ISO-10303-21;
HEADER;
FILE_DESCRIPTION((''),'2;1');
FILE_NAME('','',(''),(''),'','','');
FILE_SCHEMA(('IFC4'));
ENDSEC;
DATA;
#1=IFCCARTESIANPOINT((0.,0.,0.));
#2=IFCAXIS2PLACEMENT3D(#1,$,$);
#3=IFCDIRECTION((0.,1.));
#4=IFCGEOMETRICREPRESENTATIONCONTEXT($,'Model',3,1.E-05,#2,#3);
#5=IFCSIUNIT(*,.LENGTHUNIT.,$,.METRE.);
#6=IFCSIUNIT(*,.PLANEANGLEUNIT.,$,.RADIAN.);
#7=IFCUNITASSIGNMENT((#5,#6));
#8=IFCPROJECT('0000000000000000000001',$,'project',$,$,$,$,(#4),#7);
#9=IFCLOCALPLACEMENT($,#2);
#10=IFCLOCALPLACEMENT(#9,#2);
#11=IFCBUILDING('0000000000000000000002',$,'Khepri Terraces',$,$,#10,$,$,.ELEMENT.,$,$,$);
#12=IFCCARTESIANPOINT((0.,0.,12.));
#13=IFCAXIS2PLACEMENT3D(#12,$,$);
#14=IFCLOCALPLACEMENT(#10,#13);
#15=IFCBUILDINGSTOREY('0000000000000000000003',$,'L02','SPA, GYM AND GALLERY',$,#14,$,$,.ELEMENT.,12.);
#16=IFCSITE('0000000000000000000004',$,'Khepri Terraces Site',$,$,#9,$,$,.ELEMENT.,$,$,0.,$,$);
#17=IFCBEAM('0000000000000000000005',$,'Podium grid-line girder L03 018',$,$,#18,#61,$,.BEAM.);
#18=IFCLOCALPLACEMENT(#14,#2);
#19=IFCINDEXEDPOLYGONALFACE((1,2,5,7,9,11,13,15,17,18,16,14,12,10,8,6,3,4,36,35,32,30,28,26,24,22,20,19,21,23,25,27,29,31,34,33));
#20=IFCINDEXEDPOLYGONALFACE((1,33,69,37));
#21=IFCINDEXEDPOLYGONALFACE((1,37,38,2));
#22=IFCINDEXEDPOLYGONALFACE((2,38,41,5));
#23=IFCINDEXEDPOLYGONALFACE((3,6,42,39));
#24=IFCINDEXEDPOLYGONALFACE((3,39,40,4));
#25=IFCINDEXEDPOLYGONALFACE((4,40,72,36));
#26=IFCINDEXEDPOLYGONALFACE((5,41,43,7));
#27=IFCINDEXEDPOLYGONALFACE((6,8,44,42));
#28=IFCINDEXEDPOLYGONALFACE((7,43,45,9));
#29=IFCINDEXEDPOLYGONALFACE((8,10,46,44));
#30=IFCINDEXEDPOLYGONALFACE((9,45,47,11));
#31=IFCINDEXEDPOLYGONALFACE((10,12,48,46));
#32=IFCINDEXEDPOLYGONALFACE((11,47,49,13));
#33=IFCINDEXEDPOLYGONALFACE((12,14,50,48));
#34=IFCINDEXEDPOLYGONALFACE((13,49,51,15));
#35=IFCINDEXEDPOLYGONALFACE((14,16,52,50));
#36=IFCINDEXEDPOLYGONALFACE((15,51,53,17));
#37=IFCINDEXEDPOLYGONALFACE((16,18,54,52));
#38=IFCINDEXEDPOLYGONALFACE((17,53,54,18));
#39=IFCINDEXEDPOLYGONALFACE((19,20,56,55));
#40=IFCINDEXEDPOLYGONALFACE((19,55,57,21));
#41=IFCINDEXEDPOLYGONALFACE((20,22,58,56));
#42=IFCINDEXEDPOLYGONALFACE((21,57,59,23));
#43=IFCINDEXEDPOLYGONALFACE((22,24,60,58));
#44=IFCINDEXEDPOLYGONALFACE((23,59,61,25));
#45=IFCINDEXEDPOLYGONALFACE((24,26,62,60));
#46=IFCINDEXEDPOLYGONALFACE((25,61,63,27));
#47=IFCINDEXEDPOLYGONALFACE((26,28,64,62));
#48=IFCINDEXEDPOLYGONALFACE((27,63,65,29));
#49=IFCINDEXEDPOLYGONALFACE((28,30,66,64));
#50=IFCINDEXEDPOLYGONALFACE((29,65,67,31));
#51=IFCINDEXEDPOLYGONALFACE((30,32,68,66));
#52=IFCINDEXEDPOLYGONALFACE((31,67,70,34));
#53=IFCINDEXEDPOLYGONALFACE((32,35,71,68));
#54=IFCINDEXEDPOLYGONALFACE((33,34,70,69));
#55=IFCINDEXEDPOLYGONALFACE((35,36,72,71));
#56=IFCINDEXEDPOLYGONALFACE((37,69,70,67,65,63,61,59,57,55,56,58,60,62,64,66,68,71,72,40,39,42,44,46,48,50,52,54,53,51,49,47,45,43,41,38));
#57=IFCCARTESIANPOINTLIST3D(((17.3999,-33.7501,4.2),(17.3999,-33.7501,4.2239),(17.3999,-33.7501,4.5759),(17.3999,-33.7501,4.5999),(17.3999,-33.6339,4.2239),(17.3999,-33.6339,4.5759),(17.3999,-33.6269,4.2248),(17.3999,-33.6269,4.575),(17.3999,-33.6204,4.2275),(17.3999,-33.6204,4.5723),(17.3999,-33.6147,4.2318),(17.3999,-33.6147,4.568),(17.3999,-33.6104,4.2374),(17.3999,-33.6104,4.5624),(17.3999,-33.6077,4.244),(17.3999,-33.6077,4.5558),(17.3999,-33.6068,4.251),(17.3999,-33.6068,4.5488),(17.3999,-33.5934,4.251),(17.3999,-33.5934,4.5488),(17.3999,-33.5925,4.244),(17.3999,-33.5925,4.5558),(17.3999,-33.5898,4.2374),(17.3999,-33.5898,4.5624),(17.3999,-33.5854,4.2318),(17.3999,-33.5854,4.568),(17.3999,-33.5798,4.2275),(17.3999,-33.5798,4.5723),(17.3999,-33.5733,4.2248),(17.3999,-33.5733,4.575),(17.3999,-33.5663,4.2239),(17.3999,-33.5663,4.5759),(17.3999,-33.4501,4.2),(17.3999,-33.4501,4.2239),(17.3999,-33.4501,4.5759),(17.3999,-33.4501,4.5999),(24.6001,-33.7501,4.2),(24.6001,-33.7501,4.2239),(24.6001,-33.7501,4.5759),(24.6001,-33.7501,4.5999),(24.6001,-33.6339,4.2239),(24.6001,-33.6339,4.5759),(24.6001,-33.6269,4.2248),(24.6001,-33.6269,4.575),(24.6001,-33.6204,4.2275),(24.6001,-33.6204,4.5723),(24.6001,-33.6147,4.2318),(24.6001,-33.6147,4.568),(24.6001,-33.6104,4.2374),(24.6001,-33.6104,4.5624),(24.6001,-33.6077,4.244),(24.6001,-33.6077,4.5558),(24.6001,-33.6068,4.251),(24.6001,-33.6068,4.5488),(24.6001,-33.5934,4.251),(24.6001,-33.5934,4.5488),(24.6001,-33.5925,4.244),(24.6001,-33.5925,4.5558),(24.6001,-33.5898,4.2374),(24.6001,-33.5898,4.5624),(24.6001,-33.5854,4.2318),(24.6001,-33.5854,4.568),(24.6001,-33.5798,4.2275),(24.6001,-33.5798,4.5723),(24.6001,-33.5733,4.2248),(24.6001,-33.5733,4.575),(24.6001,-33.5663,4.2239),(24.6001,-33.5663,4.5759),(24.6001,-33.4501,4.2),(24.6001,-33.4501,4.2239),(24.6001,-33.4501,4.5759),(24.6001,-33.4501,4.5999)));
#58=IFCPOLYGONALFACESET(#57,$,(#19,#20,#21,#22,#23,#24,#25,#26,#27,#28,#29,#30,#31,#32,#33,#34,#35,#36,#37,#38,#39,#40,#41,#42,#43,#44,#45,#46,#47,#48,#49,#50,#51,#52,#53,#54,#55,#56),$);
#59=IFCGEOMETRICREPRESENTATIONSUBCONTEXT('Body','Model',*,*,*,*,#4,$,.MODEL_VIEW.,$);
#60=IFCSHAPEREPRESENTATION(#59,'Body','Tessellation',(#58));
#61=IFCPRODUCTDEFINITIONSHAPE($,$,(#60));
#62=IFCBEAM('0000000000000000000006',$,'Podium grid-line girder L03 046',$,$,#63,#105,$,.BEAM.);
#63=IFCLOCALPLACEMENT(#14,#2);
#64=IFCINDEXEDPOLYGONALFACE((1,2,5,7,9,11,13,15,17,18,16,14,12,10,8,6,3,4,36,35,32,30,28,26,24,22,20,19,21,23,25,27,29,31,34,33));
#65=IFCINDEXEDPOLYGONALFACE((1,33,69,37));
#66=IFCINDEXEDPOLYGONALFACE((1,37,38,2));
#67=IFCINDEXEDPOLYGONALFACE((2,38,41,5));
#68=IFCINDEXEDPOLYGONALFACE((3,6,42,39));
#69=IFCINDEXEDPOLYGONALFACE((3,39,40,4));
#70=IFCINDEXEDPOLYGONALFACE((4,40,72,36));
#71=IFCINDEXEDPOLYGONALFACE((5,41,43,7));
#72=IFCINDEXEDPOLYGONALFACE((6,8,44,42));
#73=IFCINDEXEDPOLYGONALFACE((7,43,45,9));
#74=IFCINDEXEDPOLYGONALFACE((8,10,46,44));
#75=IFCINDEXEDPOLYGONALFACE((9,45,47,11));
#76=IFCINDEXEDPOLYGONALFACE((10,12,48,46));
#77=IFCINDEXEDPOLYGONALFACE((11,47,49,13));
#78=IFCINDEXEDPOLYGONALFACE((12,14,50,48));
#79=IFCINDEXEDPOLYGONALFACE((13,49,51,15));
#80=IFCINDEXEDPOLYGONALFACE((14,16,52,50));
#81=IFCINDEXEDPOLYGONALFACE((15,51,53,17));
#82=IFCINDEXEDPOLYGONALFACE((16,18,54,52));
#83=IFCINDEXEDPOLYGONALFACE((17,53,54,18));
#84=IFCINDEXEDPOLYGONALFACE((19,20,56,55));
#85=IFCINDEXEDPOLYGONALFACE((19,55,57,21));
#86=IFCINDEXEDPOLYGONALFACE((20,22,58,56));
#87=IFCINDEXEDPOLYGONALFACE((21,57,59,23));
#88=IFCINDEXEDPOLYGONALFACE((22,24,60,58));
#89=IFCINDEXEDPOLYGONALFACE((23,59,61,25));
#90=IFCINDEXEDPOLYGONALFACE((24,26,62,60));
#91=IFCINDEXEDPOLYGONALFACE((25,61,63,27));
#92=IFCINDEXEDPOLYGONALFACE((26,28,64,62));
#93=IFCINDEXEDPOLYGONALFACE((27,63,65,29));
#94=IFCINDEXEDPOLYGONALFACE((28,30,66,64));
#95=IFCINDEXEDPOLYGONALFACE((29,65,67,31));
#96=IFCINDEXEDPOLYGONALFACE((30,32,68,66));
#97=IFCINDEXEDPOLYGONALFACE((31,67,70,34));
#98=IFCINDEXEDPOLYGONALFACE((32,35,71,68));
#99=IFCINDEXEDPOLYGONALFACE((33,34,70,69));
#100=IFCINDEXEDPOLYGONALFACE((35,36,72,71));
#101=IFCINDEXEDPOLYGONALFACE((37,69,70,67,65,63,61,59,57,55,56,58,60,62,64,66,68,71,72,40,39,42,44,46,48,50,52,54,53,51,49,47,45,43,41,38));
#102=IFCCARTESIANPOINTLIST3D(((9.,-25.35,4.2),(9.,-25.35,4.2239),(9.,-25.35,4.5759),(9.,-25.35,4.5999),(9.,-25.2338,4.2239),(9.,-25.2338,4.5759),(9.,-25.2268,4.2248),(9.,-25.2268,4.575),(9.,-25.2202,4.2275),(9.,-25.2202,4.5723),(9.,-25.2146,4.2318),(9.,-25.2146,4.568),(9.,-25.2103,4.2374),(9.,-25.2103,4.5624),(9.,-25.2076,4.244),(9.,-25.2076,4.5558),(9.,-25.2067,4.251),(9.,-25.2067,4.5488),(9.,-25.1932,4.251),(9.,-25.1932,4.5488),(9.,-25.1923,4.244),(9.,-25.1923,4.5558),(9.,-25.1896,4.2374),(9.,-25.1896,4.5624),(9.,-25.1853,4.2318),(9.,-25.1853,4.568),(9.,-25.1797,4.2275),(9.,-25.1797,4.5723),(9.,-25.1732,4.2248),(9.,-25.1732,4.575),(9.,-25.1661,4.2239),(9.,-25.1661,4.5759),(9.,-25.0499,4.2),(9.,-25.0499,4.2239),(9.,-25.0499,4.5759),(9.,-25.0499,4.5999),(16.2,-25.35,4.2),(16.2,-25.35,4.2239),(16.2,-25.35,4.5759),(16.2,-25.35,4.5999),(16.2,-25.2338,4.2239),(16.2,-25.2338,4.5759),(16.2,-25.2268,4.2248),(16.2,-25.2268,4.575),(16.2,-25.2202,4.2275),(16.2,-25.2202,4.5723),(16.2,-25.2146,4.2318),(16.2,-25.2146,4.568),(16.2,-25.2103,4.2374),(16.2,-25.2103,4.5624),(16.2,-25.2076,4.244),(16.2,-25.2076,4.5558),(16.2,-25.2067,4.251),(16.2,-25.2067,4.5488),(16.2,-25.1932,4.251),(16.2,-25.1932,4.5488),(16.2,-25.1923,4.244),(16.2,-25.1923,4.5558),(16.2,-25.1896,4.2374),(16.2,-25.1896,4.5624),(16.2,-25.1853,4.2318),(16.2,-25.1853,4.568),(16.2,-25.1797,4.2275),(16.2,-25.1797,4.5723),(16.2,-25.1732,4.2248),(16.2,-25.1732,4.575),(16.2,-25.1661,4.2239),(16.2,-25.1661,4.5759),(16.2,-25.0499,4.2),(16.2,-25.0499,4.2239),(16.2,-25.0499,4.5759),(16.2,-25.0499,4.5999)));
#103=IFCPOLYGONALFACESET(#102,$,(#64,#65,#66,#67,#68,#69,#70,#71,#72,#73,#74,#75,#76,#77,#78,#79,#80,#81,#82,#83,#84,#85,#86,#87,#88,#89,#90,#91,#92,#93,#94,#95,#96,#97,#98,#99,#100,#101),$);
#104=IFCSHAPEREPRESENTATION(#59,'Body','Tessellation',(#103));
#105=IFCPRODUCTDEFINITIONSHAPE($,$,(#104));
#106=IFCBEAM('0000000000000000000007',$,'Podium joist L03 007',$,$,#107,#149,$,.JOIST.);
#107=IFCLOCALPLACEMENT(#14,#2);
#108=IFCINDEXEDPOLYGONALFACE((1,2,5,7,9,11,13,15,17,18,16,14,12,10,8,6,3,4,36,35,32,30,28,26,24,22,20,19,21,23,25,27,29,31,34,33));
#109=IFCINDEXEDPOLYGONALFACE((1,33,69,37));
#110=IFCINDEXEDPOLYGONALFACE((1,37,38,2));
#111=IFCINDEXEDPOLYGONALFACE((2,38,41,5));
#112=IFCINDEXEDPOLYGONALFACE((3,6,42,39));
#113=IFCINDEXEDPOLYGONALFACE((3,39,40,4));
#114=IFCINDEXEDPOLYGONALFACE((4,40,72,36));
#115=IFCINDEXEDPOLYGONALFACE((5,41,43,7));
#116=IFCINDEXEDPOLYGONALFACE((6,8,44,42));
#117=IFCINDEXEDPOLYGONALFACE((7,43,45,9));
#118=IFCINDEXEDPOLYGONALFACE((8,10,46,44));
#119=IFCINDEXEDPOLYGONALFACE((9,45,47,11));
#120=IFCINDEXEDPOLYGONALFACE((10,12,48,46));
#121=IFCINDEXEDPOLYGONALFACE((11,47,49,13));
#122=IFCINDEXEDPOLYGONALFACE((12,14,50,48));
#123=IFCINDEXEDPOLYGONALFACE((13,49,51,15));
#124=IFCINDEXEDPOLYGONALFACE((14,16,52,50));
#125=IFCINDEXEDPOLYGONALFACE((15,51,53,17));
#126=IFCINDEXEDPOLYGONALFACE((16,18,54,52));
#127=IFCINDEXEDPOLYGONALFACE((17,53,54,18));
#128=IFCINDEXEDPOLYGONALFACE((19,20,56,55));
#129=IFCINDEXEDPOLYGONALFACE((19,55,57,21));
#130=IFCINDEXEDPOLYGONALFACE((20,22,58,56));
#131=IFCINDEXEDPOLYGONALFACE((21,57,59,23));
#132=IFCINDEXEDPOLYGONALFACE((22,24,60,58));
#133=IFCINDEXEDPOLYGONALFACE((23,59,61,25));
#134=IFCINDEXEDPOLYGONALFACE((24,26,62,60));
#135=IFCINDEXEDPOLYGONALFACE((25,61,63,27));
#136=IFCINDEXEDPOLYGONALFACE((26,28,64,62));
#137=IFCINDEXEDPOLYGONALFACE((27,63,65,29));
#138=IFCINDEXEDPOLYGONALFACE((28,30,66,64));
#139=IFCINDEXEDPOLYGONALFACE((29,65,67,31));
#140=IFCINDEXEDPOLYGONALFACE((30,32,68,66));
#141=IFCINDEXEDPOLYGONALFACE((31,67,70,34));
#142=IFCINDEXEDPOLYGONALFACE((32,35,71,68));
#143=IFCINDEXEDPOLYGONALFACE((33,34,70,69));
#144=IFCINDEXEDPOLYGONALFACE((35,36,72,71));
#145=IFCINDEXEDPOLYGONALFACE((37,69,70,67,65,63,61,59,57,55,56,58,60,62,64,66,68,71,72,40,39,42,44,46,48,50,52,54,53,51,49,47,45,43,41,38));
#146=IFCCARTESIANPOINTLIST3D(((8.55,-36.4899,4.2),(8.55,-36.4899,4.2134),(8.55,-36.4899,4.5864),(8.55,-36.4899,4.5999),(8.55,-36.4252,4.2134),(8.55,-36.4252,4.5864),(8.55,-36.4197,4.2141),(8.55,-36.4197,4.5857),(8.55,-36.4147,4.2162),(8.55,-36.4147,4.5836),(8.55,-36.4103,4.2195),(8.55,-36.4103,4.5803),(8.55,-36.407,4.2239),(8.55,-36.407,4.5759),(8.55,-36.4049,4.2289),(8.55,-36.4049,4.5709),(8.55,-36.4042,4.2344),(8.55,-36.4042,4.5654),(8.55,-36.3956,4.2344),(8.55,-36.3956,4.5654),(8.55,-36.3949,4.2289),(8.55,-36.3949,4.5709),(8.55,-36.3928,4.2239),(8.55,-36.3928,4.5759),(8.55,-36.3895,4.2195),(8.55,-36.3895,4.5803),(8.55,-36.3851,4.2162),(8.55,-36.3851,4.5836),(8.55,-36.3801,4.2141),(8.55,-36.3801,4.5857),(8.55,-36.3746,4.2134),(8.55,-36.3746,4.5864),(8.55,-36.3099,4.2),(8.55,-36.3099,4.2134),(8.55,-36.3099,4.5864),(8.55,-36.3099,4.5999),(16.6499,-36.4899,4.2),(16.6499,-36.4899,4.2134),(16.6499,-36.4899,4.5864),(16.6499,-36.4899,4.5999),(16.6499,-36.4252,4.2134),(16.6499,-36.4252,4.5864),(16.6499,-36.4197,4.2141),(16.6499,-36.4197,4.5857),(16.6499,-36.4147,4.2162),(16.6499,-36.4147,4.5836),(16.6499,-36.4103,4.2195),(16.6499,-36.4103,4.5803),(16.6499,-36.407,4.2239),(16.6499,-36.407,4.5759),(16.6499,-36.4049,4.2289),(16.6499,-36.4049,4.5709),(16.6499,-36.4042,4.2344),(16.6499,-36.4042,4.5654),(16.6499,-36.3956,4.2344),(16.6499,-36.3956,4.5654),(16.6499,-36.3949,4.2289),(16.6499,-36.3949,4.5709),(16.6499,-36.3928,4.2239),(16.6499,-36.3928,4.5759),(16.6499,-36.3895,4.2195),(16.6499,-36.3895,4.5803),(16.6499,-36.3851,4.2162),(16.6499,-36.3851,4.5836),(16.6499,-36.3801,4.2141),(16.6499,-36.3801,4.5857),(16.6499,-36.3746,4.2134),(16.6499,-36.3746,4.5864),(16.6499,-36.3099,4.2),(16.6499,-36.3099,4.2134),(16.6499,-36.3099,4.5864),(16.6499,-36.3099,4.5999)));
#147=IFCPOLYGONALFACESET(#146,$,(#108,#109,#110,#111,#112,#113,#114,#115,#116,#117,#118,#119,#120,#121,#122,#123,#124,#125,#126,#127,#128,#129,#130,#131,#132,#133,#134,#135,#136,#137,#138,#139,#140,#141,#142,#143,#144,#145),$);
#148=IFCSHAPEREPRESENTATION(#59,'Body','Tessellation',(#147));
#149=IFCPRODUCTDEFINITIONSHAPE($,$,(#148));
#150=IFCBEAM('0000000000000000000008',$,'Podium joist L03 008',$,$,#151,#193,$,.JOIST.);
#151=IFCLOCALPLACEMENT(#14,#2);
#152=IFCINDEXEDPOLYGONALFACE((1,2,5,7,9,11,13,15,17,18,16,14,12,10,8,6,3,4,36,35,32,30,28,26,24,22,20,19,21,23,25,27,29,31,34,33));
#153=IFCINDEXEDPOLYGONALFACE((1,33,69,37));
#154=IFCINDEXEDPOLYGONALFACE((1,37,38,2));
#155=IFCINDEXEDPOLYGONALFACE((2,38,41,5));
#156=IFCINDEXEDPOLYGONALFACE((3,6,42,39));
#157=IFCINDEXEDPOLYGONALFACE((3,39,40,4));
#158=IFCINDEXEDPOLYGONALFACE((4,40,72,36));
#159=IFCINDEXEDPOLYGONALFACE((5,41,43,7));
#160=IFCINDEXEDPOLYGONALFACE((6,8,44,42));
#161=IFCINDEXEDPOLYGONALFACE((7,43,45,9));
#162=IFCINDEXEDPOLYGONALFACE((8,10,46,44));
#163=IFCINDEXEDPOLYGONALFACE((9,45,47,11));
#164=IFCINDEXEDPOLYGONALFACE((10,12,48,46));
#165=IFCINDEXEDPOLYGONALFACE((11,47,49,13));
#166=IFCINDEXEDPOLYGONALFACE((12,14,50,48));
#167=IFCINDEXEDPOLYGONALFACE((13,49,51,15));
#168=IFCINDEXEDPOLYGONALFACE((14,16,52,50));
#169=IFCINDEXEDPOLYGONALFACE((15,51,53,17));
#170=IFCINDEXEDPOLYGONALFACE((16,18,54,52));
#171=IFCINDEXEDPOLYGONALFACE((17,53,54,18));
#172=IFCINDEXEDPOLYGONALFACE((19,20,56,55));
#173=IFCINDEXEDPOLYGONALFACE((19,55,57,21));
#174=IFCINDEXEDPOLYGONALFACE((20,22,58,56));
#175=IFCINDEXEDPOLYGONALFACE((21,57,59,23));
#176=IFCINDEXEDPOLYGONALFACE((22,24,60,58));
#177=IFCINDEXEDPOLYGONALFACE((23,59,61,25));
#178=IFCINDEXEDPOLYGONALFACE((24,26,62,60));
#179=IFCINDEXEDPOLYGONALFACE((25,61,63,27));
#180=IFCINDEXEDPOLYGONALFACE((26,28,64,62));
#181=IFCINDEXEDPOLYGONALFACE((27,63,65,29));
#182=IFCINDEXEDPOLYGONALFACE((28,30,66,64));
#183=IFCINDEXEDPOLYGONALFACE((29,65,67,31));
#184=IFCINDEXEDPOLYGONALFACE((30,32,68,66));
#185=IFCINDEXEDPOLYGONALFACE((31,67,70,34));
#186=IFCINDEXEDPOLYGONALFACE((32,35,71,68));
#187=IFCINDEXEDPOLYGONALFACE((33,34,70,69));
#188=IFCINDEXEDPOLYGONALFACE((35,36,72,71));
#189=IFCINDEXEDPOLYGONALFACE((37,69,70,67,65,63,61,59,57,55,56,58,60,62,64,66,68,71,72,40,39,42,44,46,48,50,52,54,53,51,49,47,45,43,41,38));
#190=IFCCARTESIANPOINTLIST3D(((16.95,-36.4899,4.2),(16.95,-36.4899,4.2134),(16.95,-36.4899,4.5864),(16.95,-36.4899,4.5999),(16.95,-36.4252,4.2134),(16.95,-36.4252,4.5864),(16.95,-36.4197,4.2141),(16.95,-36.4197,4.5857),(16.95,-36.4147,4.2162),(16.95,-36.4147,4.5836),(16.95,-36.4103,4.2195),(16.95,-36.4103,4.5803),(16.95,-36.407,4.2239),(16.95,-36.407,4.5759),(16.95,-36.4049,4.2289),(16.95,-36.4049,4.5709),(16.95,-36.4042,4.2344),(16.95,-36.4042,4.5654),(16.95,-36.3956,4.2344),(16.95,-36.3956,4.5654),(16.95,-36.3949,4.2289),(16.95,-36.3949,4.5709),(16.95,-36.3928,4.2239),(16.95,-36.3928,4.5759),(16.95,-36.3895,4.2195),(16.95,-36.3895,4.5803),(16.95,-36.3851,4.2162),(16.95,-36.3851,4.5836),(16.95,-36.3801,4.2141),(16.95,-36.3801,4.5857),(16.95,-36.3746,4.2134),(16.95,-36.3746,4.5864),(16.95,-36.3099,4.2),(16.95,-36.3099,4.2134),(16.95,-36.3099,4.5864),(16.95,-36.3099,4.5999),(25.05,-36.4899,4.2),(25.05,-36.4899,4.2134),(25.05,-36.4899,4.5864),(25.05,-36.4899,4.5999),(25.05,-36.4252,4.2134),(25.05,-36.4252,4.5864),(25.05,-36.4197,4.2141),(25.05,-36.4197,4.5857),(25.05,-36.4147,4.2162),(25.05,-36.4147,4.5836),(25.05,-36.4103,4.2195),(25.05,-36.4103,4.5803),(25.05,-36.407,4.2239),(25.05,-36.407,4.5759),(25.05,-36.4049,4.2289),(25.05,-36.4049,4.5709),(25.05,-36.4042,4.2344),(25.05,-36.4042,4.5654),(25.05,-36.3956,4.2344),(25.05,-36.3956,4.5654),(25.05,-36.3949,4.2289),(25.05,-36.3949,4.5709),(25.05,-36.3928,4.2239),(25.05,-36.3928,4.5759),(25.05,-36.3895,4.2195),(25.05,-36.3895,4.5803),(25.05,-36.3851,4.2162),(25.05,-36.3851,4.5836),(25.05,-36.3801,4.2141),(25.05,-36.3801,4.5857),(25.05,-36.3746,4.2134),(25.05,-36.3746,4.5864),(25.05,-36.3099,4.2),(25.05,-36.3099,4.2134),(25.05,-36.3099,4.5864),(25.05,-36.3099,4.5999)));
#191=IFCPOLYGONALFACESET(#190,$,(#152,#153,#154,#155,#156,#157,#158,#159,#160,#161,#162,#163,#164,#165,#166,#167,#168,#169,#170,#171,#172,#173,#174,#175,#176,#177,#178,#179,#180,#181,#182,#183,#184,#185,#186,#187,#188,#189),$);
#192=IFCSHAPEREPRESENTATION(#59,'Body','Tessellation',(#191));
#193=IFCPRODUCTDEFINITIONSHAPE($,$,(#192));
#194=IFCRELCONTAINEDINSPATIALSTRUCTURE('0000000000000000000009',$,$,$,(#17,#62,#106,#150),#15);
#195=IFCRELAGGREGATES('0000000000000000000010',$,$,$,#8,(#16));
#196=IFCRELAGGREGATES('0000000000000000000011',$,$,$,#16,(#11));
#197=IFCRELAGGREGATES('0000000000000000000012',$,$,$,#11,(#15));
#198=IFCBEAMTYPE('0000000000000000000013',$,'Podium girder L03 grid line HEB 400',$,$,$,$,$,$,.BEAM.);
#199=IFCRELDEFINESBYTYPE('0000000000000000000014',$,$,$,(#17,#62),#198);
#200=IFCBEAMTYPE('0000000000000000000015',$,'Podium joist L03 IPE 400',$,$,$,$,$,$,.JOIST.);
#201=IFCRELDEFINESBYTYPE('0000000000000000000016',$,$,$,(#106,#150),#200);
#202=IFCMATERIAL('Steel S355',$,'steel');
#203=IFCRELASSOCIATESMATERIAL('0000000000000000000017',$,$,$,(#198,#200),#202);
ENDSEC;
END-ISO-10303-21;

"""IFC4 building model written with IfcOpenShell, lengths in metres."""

from ifc_helpers import new_model, si_unit, direction, frame, origin, origin_2d, place, context, subcontext, project, spatial, i_section, extrude, material, material_profile, profile_set, type_object, element, save


model = new_model("IFC4")

# Units and contexts
model_context = context("Model", 3, precision=1e-05, world=origin(), true_north=direction((0.0, 1.0)))
body_context = subcontext(model_context, "Body", "Model", "MODEL_VIEW")
ifc_project = project(units=[si_unit("LENGTHUNIT", "METRE"), si_unit("PLANEANGLEUNIT", "RADIAN")], contexts=[model_context])

# Site, building, storey
site_placement = place(None, origin())
site = spatial("IfcSite", under=ifc_project, at=site_placement, Name="Khepri Terraces Site", CompositionType="ELEMENT", RefElevation=0.0)
building_placement = place(site_placement, origin())
building = spatial("IfcBuilding", under=site, at=building_placement, Name="Khepri Terraces", CompositionType="ELEMENT")
storey_placement = place(building_placement, frame((0.0, 0.0, 12.0)))
storey = spatial("IfcBuildingStorey", under=building, at=storey_placement, Name="L02", Description="SPA, GYM AND GALLERY", CompositionType="ELEMENT", Elevation=12.0)

# Beams
ifc_material_1 = material(Name="Steel S355", Category="steel")
ifc_material_profile_1 = material_profile(ifc_material_1, i_section(OverallWidth=0.3, OverallDepth=0.3999, WebThickness=0.0134, FlangeThickness=0.0239, FilletRadius=0.0271, at=origin_2d()), Name="Steel S355", Category="steel")
ifc_profile_set_1 = profile_set([ifc_material_profile_1], Name="Steel S355")
beam_type_1 = type_object("IfcBeamType", Name="Podium girder L03 grid line HEB 400", PredefinedType="BEAM", material=ifc_profile_set_1)
beam_1_placement = place(storey_placement, frame((17.3999, -33.6001, 4.3999), z_axis=(1.0, 0.0, 0.0), x_axis=(0.0, 1.0, 0.0)))
element("IfcBeam", 1, at=beam_1_placement, inside=storey, type_object=beam_type_1, Name="Podium grid-line girder L03 018", PredefinedType="BEAM", context=body_context, shape_type="SweptSolid", body=[
    extrude(i_section(OverallWidth=0.3, OverallDepth=0.3999, WebThickness=0.0134, FlangeThickness=0.0239, FilletRadius=0.0271, at=origin_2d()), origin(), (0.0, 0.0, 1.0), 7.2002),
])
beam_2_placement = place(storey_placement, frame((9.0, -25.2, 4.3999), z_axis=(1.0, 0.0, 0.0), x_axis=(0.0, 1.0, 0.0)))
element("IfcBeam", 2, at=beam_2_placement, inside=storey, type_object=beam_type_1, Name="Podium grid-line girder L03 046", PredefinedType="BEAM", context=body_context, shape_type="SweptSolid", body=[
    extrude(i_section(OverallWidth=0.3, OverallDepth=0.3999, WebThickness=0.0134, FlangeThickness=0.0239, FilletRadius=0.0271, at=origin_2d()), origin(), (0.0, 0.0, 1.0), 7.2),
])
ifc_material_profile_2 = material_profile(ifc_material_1, i_section(OverallWidth=0.1799, OverallDepth=0.3999, WebThickness=0.0085, FlangeThickness=0.0134, FilletRadius=0.021, at=origin_2d()), Name="Steel S355", Category="steel")
ifc_profile_set_2 = profile_set([ifc_material_profile_2], Name="Steel S355")
beam_type_2 = type_object("IfcBeamType", Name="Podium joist L03 IPE 400", PredefinedType="JOIST", material=ifc_profile_set_2)
beam_3_placement = place(storey_placement, frame((8.55, -36.3999, 4.3999), z_axis=(1.0, 0.0, 0.0), x_axis=(0.0, 1.0, 0.0)))
element("IfcBeam", 3, at=beam_3_placement, inside=storey, type_object=beam_type_2, Name="Podium joist L03 007", PredefinedType="JOIST", context=body_context, shape_type="SweptSolid", body=[
    extrude(i_section(OverallWidth=0.1799, OverallDepth=0.3999, WebThickness=0.0085, FlangeThickness=0.0134, FilletRadius=0.021, at=origin_2d()), origin(), (0.0, 0.0, 1.0), 8.0999),
])
beam_4_placement = place(storey_placement, frame((16.95, -36.3999, 4.3999), z_axis=(1.0, 0.0, 0.0), x_axis=(0.0, 1.0, 0.0)))
element("IfcBeam", 4, at=beam_4_placement, inside=storey, type_object=beam_type_2, Name="Podium joist L03 008", PredefinedType="JOIST", context=body_context, shape_type="SweptSolid", body=[
    extrude(i_section(OverallWidth=0.1799, OverallDepth=0.3999, WebThickness=0.0085, FlangeThickness=0.0134, FilletRadius=0.021, at=origin_2d()), origin(), (0.0, 0.0, 1.0), 8.1001),
])

save(model, "model.ifc")
